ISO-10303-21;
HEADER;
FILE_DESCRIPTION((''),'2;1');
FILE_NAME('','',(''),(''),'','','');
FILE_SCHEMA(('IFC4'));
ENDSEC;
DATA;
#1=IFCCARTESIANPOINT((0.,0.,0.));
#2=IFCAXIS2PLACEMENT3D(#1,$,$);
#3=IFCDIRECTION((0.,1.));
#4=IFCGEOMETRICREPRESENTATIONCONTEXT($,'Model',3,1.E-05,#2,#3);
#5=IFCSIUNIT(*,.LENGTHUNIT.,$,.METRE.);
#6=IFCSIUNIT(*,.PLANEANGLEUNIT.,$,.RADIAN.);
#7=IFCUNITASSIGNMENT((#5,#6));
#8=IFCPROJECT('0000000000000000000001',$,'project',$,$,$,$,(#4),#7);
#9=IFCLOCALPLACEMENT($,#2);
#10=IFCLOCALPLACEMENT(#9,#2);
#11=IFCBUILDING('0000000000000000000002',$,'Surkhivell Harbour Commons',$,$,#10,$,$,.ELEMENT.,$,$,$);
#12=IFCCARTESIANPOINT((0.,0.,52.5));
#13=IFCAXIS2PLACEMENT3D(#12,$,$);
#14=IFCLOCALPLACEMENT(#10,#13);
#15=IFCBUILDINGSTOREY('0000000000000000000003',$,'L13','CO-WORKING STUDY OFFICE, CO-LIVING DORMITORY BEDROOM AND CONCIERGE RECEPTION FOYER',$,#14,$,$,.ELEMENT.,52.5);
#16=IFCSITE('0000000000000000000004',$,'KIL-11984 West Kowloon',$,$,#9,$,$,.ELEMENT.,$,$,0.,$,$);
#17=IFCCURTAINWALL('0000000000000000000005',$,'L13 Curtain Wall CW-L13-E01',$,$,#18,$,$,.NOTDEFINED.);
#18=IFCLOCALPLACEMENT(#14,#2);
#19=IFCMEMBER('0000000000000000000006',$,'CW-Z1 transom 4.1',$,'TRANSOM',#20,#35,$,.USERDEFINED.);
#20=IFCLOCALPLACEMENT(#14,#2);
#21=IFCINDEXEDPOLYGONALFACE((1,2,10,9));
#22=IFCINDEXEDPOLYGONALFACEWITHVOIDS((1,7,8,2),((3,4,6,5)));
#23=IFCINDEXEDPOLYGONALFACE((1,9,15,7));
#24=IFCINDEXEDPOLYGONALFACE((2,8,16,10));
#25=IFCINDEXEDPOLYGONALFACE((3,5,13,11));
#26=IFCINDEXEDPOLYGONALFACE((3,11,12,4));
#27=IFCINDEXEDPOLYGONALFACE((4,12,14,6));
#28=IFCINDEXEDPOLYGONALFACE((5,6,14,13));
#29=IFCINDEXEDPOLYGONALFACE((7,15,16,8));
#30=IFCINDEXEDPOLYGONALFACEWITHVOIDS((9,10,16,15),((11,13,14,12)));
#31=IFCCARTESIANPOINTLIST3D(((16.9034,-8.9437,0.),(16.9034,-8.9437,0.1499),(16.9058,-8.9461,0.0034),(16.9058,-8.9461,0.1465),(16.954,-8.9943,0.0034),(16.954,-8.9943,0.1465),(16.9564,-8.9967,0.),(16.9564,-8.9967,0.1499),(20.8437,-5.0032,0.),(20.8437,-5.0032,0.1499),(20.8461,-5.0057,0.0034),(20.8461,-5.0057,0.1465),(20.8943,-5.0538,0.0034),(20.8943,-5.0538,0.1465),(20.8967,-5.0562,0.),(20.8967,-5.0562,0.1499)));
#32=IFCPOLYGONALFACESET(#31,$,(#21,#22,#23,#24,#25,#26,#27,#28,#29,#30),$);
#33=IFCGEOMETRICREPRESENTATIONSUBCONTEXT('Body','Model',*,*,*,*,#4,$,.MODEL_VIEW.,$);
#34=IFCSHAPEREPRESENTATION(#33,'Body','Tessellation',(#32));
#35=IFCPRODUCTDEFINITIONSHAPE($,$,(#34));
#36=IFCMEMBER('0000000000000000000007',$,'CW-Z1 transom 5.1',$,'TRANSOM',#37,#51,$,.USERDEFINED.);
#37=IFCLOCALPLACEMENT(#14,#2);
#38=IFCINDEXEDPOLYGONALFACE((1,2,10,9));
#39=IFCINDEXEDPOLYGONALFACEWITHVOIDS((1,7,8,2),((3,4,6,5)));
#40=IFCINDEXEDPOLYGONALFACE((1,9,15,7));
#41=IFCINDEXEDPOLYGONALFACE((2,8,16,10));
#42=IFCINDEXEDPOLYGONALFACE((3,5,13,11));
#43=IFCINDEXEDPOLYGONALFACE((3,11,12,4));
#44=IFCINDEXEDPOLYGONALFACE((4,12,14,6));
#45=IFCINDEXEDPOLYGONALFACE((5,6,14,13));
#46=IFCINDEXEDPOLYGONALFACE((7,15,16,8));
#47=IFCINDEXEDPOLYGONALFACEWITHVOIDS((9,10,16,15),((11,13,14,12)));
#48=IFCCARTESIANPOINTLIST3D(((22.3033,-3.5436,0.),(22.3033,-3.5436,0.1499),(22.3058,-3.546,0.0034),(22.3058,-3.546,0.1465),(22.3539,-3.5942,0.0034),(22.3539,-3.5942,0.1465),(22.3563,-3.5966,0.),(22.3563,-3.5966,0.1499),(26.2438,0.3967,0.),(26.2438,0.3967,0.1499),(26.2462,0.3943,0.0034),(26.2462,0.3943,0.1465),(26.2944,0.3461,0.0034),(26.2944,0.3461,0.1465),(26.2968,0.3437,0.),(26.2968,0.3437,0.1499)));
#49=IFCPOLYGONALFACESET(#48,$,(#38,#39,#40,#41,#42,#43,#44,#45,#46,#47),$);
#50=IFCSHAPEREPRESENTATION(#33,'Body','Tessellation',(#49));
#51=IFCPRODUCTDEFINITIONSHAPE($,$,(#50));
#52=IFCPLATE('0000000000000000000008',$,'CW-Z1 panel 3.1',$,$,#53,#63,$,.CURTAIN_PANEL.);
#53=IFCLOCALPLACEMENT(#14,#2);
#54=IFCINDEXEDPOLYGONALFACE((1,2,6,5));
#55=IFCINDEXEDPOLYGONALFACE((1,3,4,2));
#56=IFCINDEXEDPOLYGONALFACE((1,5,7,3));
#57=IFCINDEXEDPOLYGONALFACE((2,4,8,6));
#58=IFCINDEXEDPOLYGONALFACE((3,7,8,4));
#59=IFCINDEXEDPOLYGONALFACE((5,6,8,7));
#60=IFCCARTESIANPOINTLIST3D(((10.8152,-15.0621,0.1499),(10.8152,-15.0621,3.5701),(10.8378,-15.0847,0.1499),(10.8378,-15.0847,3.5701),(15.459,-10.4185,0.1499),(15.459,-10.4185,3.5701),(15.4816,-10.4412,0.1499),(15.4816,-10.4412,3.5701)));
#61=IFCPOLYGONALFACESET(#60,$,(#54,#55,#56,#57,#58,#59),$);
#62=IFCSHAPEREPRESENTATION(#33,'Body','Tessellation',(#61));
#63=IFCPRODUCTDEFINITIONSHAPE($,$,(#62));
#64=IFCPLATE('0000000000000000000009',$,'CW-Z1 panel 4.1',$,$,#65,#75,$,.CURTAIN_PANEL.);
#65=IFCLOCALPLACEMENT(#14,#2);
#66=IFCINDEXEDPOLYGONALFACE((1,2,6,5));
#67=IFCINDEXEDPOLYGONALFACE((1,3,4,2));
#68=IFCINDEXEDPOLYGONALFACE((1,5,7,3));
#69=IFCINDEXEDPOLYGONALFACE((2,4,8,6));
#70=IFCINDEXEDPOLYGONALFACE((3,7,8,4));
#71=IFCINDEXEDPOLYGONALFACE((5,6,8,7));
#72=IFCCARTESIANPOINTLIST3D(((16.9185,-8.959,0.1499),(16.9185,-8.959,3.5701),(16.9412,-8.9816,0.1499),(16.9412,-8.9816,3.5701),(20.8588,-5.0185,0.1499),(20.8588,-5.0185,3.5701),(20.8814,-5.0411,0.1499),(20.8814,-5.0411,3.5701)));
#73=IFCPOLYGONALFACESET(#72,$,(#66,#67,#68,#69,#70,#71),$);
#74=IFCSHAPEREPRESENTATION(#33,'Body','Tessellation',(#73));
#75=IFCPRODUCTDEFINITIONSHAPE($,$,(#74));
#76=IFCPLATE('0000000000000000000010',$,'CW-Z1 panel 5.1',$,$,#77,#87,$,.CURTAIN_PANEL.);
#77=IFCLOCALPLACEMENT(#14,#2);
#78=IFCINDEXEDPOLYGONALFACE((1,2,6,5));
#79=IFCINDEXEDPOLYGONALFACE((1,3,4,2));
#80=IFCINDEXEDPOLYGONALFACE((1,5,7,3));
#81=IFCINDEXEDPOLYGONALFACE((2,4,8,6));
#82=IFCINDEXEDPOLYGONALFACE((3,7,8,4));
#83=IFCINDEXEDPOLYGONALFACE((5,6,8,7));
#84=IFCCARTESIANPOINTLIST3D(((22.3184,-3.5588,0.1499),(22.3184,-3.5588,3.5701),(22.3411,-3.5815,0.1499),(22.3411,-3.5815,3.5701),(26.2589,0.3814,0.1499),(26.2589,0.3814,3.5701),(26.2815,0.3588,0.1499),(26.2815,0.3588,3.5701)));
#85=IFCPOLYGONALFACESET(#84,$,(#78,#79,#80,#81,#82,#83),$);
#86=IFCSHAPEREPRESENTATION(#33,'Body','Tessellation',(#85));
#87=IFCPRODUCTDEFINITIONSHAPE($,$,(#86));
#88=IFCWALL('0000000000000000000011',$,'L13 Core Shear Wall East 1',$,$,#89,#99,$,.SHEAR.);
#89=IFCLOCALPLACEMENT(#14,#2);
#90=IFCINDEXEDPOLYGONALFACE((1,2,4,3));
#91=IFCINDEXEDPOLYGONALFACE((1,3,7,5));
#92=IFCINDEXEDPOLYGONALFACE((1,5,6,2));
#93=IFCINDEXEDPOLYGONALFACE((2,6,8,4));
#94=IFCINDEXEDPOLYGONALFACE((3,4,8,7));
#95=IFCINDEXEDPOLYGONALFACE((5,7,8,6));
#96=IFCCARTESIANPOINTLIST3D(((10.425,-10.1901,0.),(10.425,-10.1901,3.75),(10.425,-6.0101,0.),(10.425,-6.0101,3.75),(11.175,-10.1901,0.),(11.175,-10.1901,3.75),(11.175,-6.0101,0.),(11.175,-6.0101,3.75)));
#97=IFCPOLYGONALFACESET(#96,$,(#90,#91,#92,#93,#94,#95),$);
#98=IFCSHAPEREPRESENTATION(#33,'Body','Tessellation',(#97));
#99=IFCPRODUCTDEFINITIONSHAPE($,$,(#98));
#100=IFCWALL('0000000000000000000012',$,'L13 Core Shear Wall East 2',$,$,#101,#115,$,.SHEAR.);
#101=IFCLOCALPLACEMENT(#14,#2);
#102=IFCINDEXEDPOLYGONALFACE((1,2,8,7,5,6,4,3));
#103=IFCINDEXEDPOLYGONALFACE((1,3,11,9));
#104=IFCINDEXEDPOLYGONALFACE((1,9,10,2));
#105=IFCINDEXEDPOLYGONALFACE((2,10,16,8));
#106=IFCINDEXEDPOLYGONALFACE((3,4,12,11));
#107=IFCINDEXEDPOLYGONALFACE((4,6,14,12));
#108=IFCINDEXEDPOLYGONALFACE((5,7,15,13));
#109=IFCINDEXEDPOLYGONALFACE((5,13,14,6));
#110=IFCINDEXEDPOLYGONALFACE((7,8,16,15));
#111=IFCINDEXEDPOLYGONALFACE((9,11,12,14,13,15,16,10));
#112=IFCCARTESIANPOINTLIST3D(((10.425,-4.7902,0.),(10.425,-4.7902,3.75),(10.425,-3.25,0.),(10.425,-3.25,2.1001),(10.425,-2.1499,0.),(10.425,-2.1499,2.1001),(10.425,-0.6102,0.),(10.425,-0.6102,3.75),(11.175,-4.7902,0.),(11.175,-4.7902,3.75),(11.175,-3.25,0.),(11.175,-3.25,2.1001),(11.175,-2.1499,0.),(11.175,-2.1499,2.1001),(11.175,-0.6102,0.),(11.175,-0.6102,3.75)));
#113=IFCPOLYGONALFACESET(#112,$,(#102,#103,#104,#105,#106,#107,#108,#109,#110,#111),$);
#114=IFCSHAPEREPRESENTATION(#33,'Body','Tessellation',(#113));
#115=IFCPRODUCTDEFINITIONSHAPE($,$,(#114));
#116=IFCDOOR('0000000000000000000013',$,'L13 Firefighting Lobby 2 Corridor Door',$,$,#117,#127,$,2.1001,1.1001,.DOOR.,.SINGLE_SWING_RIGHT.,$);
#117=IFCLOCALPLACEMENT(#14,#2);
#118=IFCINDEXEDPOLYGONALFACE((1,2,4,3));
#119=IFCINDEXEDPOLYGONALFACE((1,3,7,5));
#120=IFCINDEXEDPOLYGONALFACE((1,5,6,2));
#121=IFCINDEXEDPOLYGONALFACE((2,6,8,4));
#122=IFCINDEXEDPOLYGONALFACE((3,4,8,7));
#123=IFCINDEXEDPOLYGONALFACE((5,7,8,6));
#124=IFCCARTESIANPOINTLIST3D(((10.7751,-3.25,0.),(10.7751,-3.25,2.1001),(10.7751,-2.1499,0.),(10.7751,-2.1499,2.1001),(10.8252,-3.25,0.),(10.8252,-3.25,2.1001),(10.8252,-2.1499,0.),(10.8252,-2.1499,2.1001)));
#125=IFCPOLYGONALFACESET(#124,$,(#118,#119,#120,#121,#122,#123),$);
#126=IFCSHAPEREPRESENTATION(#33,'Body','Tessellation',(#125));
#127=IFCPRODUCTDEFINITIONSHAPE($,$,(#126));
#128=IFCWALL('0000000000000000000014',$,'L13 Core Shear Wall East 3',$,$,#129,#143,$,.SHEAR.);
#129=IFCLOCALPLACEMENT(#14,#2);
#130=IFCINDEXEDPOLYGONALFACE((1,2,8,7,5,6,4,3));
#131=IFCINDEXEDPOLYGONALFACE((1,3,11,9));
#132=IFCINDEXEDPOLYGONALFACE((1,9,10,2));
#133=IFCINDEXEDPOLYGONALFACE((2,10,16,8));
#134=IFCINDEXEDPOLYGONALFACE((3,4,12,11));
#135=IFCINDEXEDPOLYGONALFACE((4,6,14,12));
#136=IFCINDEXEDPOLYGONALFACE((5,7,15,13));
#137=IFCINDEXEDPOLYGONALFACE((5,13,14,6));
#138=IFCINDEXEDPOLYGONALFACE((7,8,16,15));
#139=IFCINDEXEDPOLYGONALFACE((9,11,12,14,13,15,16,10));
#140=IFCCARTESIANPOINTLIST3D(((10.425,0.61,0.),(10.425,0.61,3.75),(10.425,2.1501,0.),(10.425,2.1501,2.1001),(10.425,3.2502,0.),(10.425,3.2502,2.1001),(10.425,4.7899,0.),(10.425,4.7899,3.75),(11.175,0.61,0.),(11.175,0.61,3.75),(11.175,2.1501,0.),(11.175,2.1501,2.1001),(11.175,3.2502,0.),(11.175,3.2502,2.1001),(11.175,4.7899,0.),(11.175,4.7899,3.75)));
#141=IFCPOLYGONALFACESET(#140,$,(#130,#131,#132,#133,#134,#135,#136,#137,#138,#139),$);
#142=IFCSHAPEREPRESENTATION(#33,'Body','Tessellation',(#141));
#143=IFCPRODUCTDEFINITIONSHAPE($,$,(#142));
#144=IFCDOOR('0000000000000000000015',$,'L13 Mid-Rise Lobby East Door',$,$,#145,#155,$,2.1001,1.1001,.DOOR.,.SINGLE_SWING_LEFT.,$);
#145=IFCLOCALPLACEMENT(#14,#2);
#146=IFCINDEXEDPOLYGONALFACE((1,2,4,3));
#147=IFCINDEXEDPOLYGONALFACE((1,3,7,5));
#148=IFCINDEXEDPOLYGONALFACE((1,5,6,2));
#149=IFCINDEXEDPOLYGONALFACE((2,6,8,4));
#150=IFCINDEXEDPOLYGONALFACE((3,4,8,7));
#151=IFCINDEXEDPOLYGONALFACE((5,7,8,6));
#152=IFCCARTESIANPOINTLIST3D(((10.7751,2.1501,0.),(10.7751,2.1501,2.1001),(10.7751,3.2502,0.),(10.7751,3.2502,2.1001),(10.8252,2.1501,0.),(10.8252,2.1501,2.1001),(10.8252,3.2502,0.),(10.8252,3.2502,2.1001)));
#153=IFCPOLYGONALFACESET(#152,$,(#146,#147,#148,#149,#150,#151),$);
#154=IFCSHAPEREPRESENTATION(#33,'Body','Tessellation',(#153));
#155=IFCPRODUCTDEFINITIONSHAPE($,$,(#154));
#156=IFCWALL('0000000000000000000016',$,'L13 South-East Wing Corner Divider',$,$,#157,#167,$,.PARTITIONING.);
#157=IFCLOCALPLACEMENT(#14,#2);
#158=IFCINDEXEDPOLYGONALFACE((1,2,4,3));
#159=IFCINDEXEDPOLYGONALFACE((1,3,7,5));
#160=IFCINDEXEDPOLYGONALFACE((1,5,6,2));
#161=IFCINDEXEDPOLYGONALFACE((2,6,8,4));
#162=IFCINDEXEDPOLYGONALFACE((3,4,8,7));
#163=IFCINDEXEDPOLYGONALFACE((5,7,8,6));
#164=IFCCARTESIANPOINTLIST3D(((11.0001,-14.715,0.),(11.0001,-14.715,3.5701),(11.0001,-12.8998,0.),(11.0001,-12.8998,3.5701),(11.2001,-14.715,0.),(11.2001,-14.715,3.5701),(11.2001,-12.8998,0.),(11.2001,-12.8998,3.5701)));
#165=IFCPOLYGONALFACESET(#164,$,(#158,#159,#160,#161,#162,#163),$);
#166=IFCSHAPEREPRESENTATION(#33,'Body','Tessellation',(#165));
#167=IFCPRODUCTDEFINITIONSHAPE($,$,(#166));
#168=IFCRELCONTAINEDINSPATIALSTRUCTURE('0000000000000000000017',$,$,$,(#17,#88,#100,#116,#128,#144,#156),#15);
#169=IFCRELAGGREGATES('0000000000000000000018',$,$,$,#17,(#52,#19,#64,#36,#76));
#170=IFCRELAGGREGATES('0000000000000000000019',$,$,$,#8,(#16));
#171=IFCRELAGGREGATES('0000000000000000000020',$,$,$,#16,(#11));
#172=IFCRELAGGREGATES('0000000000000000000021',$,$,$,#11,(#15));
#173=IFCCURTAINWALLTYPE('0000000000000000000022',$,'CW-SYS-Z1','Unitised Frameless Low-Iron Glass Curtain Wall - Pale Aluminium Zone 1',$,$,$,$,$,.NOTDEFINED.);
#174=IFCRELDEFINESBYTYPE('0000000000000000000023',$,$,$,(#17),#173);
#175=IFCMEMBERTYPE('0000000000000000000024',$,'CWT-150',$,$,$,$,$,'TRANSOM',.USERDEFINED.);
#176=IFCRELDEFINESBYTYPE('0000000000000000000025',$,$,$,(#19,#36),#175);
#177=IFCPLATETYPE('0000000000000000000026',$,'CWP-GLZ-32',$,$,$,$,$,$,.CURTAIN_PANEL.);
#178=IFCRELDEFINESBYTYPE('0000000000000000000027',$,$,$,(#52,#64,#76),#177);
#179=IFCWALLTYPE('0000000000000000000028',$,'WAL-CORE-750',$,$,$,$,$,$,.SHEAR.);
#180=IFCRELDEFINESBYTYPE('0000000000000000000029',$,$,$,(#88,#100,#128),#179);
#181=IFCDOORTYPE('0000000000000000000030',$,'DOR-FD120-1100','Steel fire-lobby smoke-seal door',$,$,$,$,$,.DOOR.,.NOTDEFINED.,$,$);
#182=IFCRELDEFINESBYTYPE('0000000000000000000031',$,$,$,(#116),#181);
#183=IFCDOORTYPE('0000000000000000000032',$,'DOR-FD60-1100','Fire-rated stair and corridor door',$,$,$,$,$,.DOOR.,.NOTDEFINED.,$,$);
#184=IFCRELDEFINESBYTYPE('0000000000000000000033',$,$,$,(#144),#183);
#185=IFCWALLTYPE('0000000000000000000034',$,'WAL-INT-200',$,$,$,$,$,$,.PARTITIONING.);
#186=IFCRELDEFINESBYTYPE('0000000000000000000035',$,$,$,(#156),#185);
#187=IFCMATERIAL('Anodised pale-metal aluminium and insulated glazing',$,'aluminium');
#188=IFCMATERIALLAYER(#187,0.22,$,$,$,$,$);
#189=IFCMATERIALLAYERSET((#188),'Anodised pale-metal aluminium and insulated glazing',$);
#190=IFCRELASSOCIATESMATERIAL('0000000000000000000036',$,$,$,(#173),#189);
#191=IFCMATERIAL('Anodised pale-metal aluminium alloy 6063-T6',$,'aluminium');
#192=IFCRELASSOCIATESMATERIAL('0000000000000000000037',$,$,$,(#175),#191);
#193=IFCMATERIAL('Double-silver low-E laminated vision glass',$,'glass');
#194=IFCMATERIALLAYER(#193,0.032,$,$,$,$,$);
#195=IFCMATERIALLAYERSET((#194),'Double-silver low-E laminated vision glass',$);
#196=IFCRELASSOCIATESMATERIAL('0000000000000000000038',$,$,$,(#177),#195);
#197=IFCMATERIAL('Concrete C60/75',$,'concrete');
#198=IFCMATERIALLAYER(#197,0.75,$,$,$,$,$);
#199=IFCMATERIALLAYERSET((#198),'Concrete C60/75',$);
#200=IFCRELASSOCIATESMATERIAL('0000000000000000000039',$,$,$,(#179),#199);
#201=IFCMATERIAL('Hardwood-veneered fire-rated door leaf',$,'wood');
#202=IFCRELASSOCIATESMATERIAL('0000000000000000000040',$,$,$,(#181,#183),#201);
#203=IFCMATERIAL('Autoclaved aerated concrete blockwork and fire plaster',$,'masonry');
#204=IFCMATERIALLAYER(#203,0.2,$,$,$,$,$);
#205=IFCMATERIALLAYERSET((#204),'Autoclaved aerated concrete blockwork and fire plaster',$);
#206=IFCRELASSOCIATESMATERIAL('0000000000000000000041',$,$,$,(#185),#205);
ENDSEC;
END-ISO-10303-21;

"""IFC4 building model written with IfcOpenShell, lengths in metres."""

from ifc_helpers import new_model, si_unit, direction, frame, frame_2d, origin, origin_2d, place, context, subcontext, project, spatial, rectangle, hollow_rectangle, extrude, material, layer, layer_set, material_profile, profile_set, type_object, element, fill, aggregate, save


model = new_model("IFC4")

# Units and contexts
model_context = context("Model", 3, precision=1e-05, world=origin(), true_north=direction((0.0, 1.0)))
body_context = subcontext(model_context, "Body", "Model", "MODEL_VIEW")
ifc_project = project(units=[si_unit("LENGTHUNIT", "METRE"), si_unit("PLANEANGLEUNIT", "RADIAN")], contexts=[model_context])

# Site, building, storey
site_placement = place(None, origin())
site = spatial("IfcSite", under=ifc_project, at=site_placement, Name="KIL-11984 West Kowloon", CompositionType="ELEMENT", RefElevation=0.0)
building_placement = place(site_placement, origin())
building = spatial("IfcBuilding", under=site, at=building_placement, Name="Surkhivell Harbour Commons", CompositionType="ELEMENT")
storey_placement = place(building_placement, frame((0.0, 0.0, 52.5)))
storey = spatial("IfcBuildingStorey", under=building, at=storey_placement, Name="L13", Description="CO-WORKING STUDY OFFICE, CO-LIVING DORMITORY BEDROOM AND CONCIERGE RECEPTION FOYER", CompositionType="ELEMENT", Elevation=52.5)

# Curtain wall, members, plates
ifc_material_1 = material(Name="Anodised pale-metal aluminium and insulated glazing", Category="aluminium")
ifc_layer_1 = layer(ifc_material_1, 0.22)
ifc_layer_set_1 = layer_set([ifc_layer_1], Name="Anodised pale-metal aluminium and insulated glazing")
curtain_wall_type = type_object("IfcCurtainWallType", Name="CW-SYS-Z1", Description="Unitised Frameless Low-Iron Glass Curtain Wall - Pale Aluminium Zone 1", PredefinedType="NOTDEFINED", material=ifc_layer_set_1)
curtain_wall_placement = place(storey_placement, origin())
curtain_wall = element("IfcCurtainWall", 1, at=curtain_wall_placement, inside=storey, type_object=curtain_wall_type, Name="L13 Curtain Wall CW-L13-E01", PredefinedType="NOTDEFINED")
ifc_material_2 = material(Name="Anodised pale-metal aluminium alloy 6063-T6", Category="aluminium")
ifc_material_profile_1 = material_profile(ifc_material_2, hollow_rectangle(XDim=0.075, YDim=0.1499, WallThickness=0.0034, at=origin_2d()), Name="ALU-TRAN-75x150")
ifc_profile_set_1 = profile_set([ifc_material_profile_1], Name="Anodised pale-metal aluminium alloy 6063-T6")
member_type_1 = type_object("IfcMemberType", Name="CWT-150", ElementType="TRANSOM", PredefinedType="USERDEFINED", material=ifc_profile_set_1)
member_1_placement = place(storey_placement, frame((16.9299, -8.9702, 0.075), z_axis=(0.707085, 0.707129, 0.0), x_axis=(-0.707129, 0.707085, 0.0)))
member_1 = element("IfcMember", 2, at=member_1_placement, type_object=member_type_1, Name="CW-Z1 transom 4.1", ObjectType="TRANSOM", PredefinedType="USERDEFINED", context=body_context, shape_type="SweptSolid", body=[
    extrude(hollow_rectangle(XDim=0.075, YDim=0.1499, WallThickness=0.0034, at=origin_2d()), origin(), (0.0, 0.0, 1.0), 5.5725),
])
member_2_placement = place(storey_placement, frame((22.3298, -3.5701, 0.075), z_axis=(0.707129, 0.707085, 0.0), x_axis=(-0.707085, 0.707129, 0.0)))
member_2 = element("IfcMember", 3, at=member_2_placement, type_object=member_type_1, Name="CW-Z1 transom 5.1", ObjectType="TRANSOM", PredefinedType="USERDEFINED", context=body_context, shape_type="SweptSolid", body=[
    extrude(hollow_rectangle(XDim=0.075, YDim=0.1499, WallThickness=0.0034, at=origin_2d()), origin(), (0.0, 0.0, 1.0), 5.5725),
])
ifc_material_3 = material(Name="Double-silver low-E laminated vision glass", Category="glass")
ifc_layer_2 = layer(ifc_material_3, 0.032)
ifc_layer_set_2 = layer_set([ifc_layer_2], Name="Double-silver low-E laminated vision glass")
plate_type = type_object("IfcPlateType", Name="CWP-GLZ-32", PredefinedType="CURTAIN_PANEL", material=ifc_layer_set_2)
plate_1_placement = place(storey_placement, frame((10.8264, -15.0735, 0.1499), z_axis=(0.0, 0.0, 1.0), x_axis=(0.707125, 0.707088, 0.0)))
plate_1 = element("IfcPlate", 4, at=plate_1_placement, type_object=plate_type, Name="CW-Z1 panel 3.1", PredefinedType="CURTAIN_PANEL", context=body_context, shape_type="SweptSolid", body=[
    extrude(rectangle(XDim=6.5671, YDim=0.032, at=frame_2d((3.2837, 0.0))), origin(), (0.0, 0.0, 1.0), 3.4202),
])
plate_2_placement = place(storey_placement, frame((16.9299, -8.9702, 0.1499), z_axis=(0.0, 0.0, 1.0), x_axis=(0.707085, 0.707129, 0.0)))
plate_2 = element("IfcPlate", 5, at=plate_2_placement, type_object=plate_type, Name="CW-Z1 panel 4.1", PredefinedType="CURTAIN_PANEL", context=body_context, shape_type="SweptSolid", body=[
    extrude(rectangle(XDim=5.5725, YDim=0.032, at=frame_2d((2.7861, 0.0))), origin(), (0.0, 0.0, 1.0), 3.4202),
])
plate_3_placement = place(storey_placement, frame((22.3298, -3.5701, 0.1499), z_axis=(0.0, 0.0, 1.0), x_axis=(0.707129, 0.707085, 0.0)))
plate_3 = element("IfcPlate", 6, at=plate_3_placement, type_object=plate_type, Name="CW-Z1 panel 5.1", PredefinedType="CURTAIN_PANEL", context=body_context, shape_type="SweptSolid", body=[
    extrude(rectangle(XDim=5.5725, YDim=0.032, at=frame_2d((2.7861, 0.0))), origin(), (0.0, 0.0, 1.0), 3.4202),
])
aggregate(curtain_wall, [plate_1, member_1, plate_2, member_2, plate_3])

# Wall
ifc_material_4 = material(Name="Concrete C60/75", Category="concrete")
ifc_layer_3 = layer(ifc_material_4, 0.75)
ifc_layer_set_3 = layer_set([ifc_layer_3], Name="Concrete C60/75")
wall_type_1 = type_object("IfcWallType", Name="WAL-CORE-750", PredefinedType="SHEAR", material=ifc_layer_set_3)
wall_1_placement = place(storey_placement, frame((10.8, -10.1899, 0.0), z_axis=(0.0, 0.0, 1.0), x_axis=(0.0, 1.0, 0.0)))
element("IfcWall", 7, at=wall_1_placement, inside=storey, type_object=wall_type_1, Name="L13 Core Shear Wall East 1", PredefinedType="SHEAR", context=body_context, shape_type="SweptSolid", body=[
    extrude(rectangle(XDim=4.1799, YDim=0.75, at=frame_2d((2.0898, 0.0))), origin(), (0.0, 0.0, 1.0), 3.75),
])

# Walls, openings, doors
wall_2_placement = place(storey_placement, frame((10.8, -4.79, 0.0), z_axis=(0.0, 0.0, 1.0), x_axis=(0.0, 1.0, 0.0)))
wall_2 = element("IfcWall", 8, at=wall_2_placement, inside=storey, type_object=wall_type_1, Name="L13 Core Shear Wall East 2", PredefinedType="SHEAR", context=body_context, shape_type="SweptSolid", body=[
    extrude(rectangle(XDim=4.1799, YDim=0.75, at=frame_2d((2.0898, 0.0))), origin(), (0.0, 0.0, 1.0), 3.75),
])
opening_1_placement = place(wall_2_placement, frame((1.54, 0.0, 0.0)))
opening_1 = element("IfcOpeningElement", 9, at=opening_1_placement, cuts=wall_2, PredefinedType="OPENING", context=body_context, shape_type="SweptSolid", body=[
    extrude(rectangle(XDim=1.1001, YDim=2.1001, at=frame_2d((0.55, 1.05))), frame((0.0, 0.385, 0.0), z_axis=(0.0, -1.0, 0.0), x_axis=(1.0, 0.0, 0.0)), (0.0, 0.0, 1.0), 0.77),
])
ifc_material_5 = material(Name="Hardwood-veneered fire-rated door leaf", Category="wood")
door_type_1 = type_object("IfcDoorType", Name="DOR-FD120-1100", Description="Steel fire-lobby smoke-seal door", OperationType="NOTDEFINED", PredefinedType="DOOR", material=ifc_material_5)
door_1_placement = place(opening_1_placement, origin())
door_1 = element("IfcDoor", 10, at=door_1_placement, inside=storey, type_object=door_type_1, Name="L13 Firefighting Lobby 2 Corridor Door", OperationType="SINGLE_SWING_RIGHT", OverallHeight=2.1001, OverallWidth=1.1001, PredefinedType="DOOR", context=body_context, shape_type="SweptSolid", body=[
    extrude(rectangle(XDim=1.1001, YDim=2.1001, at=frame_2d((0.55, 1.05))), frame((0.0, 0.0249, 0.0), z_axis=(0.0, -1.0, 0.0), x_axis=(1.0, 0.0, 0.0)), (0.0, 0.0, 1.0), 0.05),
])
fill(opening_1, door_1)
wall_3_placement = place(storey_placement, frame((10.8, 0.6101, 0.0), z_axis=(0.0, 0.0, 1.0), x_axis=(0.0, 1.0, 0.0)))
wall_3 = element("IfcWall", 11, at=wall_3_placement, inside=storey, type_object=wall_type_1, Name="L13 Core Shear Wall East 3", PredefinedType="SHEAR", context=body_context, shape_type="SweptSolid", body=[
    extrude(rectangle(XDim=4.1799, YDim=0.75, at=frame_2d((2.0898, 0.0))), origin(), (0.0, 0.0, 1.0), 3.75),
])
opening_2_placement = place(wall_3_placement, frame((1.54, 0.0, 0.0)))
opening_2 = element("IfcOpeningElement", 12, at=opening_2_placement, cuts=wall_3, PredefinedType="OPENING", context=body_context, shape_type="SweptSolid", body=[
    extrude(rectangle(XDim=1.1001, YDim=2.1001, at=frame_2d((0.55, 1.05))), frame((0.0, 0.385, 0.0), z_axis=(0.0, -1.0, 0.0), x_axis=(1.0, 0.0, 0.0)), (0.0, 0.0, 1.0), 0.77),
])
door_type_2 = type_object("IfcDoorType", Name="DOR-FD60-1100", Description="Fire-rated stair and corridor door", OperationType="NOTDEFINED", PredefinedType="DOOR", material=ifc_material_5)
door_2_placement = place(opening_2_placement, origin())
door_2 = element("IfcDoor", 13, at=door_2_placement, inside=storey, type_object=door_type_2, Name="L13 Mid-Rise Lobby East Door", OperationType="SINGLE_SWING_LEFT", OverallHeight=2.1001, OverallWidth=1.1001, PredefinedType="DOOR", context=body_context, shape_type="SweptSolid", body=[
    extrude(rectangle(XDim=1.1001, YDim=2.1001, at=frame_2d((0.55, 1.05))), frame((0.0, 0.0249, 0.0), z_axis=(0.0, -1.0, 0.0), x_axis=(1.0, 0.0, 0.0)), (0.0, 0.0, 1.0), 0.05),
])
fill(opening_2, door_2)

# Wall
ifc_material_6 = material(Name="Autoclaved aerated concrete blockwork and fire plaster", Category="masonry")
ifc_layer_4 = layer(ifc_material_6, 0.2)
ifc_layer_set_4 = layer_set([ifc_layer_4], Name="Autoclaved aerated concrete blockwork and fire plaster")
wall_type_2 = type_object("IfcWallType", Name="WAL-INT-200", PredefinedType="PARTITIONING", material=ifc_layer_set_4)
wall_4_placement = place(storey_placement, frame((11.1001, -14.7151, 0.0), z_axis=(0.0, 0.0, 1.0), x_axis=(0.0, 1.0, 0.0)))
element("IfcWall", 14, at=wall_4_placement, inside=storey, type_object=wall_type_2, Name="L13 South-East Wing Corner Divider", PredefinedType="PARTITIONING", context=body_context, shape_type="SweptSolid", body=[
    extrude(rectangle(XDim=1.8152, YDim=0.2, at=frame_2d((0.9077, 0.0))), origin(), (0.0, 0.0, 1.0), 3.5701),
])

save(model, "model.ifc")
